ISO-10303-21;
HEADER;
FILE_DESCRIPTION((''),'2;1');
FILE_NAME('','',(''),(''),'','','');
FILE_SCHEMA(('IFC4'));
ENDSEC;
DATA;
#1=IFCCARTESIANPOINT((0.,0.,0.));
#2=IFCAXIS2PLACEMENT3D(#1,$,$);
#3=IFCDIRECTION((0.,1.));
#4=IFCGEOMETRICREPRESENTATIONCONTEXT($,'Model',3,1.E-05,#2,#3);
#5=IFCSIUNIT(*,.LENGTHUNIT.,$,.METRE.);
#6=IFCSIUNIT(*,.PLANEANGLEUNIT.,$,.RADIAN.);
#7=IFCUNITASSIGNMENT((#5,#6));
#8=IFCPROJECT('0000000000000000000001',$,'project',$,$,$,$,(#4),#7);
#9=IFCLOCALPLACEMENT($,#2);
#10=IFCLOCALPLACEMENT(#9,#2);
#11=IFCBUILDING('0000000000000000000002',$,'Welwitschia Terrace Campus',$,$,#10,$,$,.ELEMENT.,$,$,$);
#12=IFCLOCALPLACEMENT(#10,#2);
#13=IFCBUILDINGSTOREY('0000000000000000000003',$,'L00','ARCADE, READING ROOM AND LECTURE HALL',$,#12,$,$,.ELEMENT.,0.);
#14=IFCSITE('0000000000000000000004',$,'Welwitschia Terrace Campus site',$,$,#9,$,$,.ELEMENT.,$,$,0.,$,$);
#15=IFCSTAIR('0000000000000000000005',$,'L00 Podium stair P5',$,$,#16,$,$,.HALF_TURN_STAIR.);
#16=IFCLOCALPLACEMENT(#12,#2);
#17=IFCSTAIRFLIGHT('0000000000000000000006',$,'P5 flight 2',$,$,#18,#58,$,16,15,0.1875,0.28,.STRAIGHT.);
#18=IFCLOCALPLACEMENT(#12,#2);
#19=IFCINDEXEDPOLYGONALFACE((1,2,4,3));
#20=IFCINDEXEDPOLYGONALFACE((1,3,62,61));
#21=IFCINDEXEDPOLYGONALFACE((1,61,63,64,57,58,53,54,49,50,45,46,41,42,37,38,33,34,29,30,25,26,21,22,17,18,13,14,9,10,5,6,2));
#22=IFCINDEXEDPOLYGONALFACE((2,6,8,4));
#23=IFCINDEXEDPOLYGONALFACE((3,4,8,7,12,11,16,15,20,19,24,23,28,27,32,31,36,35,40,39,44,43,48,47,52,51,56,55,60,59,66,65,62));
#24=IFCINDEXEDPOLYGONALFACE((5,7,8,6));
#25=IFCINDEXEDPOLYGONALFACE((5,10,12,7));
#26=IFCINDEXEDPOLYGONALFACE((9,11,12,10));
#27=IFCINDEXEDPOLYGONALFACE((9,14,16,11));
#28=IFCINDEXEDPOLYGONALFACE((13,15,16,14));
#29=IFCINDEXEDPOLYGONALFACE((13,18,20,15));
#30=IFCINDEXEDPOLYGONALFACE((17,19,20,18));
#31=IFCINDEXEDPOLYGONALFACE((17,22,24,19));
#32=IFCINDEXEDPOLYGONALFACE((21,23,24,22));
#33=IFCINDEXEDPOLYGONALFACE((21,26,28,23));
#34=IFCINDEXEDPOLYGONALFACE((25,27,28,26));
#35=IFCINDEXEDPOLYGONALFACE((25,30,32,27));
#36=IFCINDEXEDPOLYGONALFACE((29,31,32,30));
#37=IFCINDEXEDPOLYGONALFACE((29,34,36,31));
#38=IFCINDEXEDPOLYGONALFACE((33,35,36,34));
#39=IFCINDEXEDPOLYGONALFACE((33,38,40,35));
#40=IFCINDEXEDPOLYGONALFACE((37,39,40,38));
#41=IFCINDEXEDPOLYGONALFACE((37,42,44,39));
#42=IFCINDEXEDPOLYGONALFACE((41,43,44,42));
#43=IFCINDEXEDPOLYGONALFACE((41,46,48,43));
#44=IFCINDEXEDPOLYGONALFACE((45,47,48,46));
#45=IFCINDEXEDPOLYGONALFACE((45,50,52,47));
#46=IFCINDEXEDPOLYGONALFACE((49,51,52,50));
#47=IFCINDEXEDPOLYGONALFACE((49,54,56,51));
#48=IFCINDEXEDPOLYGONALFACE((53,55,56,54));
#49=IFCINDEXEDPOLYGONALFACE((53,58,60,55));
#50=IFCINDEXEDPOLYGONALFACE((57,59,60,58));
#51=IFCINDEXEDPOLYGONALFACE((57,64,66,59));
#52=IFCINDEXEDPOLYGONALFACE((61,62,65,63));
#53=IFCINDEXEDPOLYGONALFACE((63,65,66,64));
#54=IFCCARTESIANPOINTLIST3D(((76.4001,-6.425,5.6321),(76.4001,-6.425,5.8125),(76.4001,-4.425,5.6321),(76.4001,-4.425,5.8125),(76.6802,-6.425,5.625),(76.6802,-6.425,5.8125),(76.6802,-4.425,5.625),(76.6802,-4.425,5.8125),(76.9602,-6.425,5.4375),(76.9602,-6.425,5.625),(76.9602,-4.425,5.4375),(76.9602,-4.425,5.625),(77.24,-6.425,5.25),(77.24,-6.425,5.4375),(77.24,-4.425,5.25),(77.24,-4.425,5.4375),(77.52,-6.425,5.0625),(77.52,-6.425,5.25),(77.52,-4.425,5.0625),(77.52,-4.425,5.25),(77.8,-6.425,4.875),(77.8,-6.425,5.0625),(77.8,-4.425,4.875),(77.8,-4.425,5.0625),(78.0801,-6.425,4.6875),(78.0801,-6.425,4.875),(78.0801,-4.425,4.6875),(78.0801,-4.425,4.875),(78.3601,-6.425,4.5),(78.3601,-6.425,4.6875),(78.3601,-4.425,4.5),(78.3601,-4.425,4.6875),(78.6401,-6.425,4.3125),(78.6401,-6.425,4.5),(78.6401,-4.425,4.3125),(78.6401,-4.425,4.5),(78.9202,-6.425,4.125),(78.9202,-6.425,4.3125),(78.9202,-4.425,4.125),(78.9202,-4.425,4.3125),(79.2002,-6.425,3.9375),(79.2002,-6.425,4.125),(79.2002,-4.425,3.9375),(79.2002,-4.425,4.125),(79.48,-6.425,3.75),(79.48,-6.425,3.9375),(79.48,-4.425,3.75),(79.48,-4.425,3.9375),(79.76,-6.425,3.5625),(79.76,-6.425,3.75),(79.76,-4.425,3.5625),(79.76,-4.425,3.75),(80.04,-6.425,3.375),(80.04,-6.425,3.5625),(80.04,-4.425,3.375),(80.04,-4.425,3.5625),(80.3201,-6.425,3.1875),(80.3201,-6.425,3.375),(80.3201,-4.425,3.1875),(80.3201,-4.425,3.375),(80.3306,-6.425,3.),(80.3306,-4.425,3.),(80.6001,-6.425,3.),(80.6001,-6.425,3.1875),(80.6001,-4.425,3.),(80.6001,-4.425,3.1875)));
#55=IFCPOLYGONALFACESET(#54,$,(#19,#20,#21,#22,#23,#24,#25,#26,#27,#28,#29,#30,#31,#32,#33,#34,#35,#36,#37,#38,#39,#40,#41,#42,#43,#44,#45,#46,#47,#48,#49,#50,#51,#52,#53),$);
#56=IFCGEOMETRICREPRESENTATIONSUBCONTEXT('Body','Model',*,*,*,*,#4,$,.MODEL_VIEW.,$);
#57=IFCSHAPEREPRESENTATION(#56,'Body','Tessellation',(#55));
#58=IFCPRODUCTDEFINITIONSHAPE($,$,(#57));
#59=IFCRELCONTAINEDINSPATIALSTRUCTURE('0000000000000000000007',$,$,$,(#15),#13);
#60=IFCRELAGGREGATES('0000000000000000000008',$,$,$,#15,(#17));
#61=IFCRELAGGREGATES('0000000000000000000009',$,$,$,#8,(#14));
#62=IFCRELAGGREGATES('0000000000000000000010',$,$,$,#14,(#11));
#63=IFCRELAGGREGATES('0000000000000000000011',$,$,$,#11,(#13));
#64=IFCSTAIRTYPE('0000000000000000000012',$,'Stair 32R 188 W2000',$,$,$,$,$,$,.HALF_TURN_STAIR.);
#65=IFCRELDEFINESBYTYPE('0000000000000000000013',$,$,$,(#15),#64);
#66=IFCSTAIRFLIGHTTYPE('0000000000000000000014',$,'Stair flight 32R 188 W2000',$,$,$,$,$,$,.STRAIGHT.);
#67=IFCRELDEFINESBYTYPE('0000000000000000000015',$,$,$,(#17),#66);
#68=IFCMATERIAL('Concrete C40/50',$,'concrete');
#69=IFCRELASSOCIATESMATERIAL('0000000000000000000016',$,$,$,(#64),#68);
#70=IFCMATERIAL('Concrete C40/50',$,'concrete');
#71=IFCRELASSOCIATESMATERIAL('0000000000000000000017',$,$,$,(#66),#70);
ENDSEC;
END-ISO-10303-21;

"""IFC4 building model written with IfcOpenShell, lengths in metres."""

from ifc_helpers import new_model, si_unit, direction, frame, origin, place, context, subcontext, project, spatial, polyline, outline, extrude, material, type_object, element, aggregate, save


model = new_model("IFC4")

# Units and contexts
model_context = context("Model", 3, precision=1e-05, world=origin(), true_north=direction((0.0, 1.0)))
body_context = subcontext(model_context, "Body", "Model", "MODEL_VIEW")
ifc_project = project(units=[si_unit("LENGTHUNIT", "METRE"), si_unit("PLANEANGLEUNIT", "RADIAN")], contexts=[model_context])

# Site, building, storey
site_placement = place(None, origin())
site = spatial("IfcSite", under=ifc_project, at=site_placement, Name="Welwitschia Terrace Campus site", CompositionType="ELEMENT", RefElevation=0.0)
building_placement = place(site_placement, origin())
building = spatial("IfcBuilding", under=site, at=building_placement, Name="Welwitschia Terrace Campus", CompositionType="ELEMENT")
storey_placement = place(building_placement, origin())
storey = spatial("IfcBuildingStorey", under=building, at=storey_placement, Name="L00", Description="ARCADE, READING ROOM AND LECTURE HALL", CompositionType="ELEMENT", Elevation=0.0)

# Stair, stair flight
ifc_material_1 = material(Name="Concrete C40/50", Category="concrete")
stair_type = type_object("IfcStairType", Name="Stair 32R 188 W2000", PredefinedType="HALF_TURN_STAIR", material=ifc_material_1)
stair_placement = place(storey_placement, origin())
stair = element("IfcStair", 1, at=stair_placement, inside=storey, type_object=stair_type, Name="L00 Podium stair P5", PredefinedType="HALF_TURN_STAIR")
ifc_material_2 = material(Name="Concrete C40/50", Category="concrete")
stair_flight_type = type_object("IfcStairFlightType", Name="Stair flight 32R 188 W2000", PredefinedType="STRAIGHT", material=ifc_material_2)
stair_flight_1_placement = place(storey_placement, frame((80.6001, -5.425, 3.0), z_axis=(0.0, 0.0, 1.0), x_axis=(-1.0, 0.0, 0.0)))
stair_flight_1 = element("IfcStairFlight", 2, at=stair_flight_1_placement, type_object=stair_flight_type, Name="P5 flight 2", NumberOfRisers=16, NumberOfTreads=15, PredefinedType="STRAIGHT", RiserHeight=0.1875, TreadLength=0.28, context=body_context, shape_type="SweptSolid", body=[
    extrude(outline(polyline([(0.0, 0.0), (0.0, 0.1875), (0.28, 0.1875), (0.28, 0.375), (0.5601, 0.375), (0.5601, 0.5625), (0.8401, 0.5625), (0.8401, 0.75), (1.1201, 0.75), (1.1201, 0.9375), (1.3999, 0.9375), (1.3999, 1.125), (1.6799, 1.125), (1.6799, 1.3125), (1.96, 1.3125), (1.96, 1.5), (2.24, 1.5), (2.24, 1.6875), (2.52, 1.6875), (2.52, 1.875), (2.8, 1.875), (2.8, 2.0625), (3.0801, 2.0625), (3.0801, 2.25), (3.3601, 2.25), (3.3601, 2.4375), (3.6399, 2.4375), (3.6399, 2.625), (3.9199, 2.625), (3.9199, 2.8125), (4.2, 2.8125), (4.2, 3.0), (4.2, 2.6321), (0.2695, 0.0), (0.0, 0.0)])), frame((0.0, 1.0, 0.0), z_axis=(0.0, -1.0, 0.0), x_axis=(1.0, 0.0, 0.0)), (0.0, 0.0, 1.0), 2.0),
])
aggregate(stair, [stair_flight_1])

save(model, "model.ifc")
